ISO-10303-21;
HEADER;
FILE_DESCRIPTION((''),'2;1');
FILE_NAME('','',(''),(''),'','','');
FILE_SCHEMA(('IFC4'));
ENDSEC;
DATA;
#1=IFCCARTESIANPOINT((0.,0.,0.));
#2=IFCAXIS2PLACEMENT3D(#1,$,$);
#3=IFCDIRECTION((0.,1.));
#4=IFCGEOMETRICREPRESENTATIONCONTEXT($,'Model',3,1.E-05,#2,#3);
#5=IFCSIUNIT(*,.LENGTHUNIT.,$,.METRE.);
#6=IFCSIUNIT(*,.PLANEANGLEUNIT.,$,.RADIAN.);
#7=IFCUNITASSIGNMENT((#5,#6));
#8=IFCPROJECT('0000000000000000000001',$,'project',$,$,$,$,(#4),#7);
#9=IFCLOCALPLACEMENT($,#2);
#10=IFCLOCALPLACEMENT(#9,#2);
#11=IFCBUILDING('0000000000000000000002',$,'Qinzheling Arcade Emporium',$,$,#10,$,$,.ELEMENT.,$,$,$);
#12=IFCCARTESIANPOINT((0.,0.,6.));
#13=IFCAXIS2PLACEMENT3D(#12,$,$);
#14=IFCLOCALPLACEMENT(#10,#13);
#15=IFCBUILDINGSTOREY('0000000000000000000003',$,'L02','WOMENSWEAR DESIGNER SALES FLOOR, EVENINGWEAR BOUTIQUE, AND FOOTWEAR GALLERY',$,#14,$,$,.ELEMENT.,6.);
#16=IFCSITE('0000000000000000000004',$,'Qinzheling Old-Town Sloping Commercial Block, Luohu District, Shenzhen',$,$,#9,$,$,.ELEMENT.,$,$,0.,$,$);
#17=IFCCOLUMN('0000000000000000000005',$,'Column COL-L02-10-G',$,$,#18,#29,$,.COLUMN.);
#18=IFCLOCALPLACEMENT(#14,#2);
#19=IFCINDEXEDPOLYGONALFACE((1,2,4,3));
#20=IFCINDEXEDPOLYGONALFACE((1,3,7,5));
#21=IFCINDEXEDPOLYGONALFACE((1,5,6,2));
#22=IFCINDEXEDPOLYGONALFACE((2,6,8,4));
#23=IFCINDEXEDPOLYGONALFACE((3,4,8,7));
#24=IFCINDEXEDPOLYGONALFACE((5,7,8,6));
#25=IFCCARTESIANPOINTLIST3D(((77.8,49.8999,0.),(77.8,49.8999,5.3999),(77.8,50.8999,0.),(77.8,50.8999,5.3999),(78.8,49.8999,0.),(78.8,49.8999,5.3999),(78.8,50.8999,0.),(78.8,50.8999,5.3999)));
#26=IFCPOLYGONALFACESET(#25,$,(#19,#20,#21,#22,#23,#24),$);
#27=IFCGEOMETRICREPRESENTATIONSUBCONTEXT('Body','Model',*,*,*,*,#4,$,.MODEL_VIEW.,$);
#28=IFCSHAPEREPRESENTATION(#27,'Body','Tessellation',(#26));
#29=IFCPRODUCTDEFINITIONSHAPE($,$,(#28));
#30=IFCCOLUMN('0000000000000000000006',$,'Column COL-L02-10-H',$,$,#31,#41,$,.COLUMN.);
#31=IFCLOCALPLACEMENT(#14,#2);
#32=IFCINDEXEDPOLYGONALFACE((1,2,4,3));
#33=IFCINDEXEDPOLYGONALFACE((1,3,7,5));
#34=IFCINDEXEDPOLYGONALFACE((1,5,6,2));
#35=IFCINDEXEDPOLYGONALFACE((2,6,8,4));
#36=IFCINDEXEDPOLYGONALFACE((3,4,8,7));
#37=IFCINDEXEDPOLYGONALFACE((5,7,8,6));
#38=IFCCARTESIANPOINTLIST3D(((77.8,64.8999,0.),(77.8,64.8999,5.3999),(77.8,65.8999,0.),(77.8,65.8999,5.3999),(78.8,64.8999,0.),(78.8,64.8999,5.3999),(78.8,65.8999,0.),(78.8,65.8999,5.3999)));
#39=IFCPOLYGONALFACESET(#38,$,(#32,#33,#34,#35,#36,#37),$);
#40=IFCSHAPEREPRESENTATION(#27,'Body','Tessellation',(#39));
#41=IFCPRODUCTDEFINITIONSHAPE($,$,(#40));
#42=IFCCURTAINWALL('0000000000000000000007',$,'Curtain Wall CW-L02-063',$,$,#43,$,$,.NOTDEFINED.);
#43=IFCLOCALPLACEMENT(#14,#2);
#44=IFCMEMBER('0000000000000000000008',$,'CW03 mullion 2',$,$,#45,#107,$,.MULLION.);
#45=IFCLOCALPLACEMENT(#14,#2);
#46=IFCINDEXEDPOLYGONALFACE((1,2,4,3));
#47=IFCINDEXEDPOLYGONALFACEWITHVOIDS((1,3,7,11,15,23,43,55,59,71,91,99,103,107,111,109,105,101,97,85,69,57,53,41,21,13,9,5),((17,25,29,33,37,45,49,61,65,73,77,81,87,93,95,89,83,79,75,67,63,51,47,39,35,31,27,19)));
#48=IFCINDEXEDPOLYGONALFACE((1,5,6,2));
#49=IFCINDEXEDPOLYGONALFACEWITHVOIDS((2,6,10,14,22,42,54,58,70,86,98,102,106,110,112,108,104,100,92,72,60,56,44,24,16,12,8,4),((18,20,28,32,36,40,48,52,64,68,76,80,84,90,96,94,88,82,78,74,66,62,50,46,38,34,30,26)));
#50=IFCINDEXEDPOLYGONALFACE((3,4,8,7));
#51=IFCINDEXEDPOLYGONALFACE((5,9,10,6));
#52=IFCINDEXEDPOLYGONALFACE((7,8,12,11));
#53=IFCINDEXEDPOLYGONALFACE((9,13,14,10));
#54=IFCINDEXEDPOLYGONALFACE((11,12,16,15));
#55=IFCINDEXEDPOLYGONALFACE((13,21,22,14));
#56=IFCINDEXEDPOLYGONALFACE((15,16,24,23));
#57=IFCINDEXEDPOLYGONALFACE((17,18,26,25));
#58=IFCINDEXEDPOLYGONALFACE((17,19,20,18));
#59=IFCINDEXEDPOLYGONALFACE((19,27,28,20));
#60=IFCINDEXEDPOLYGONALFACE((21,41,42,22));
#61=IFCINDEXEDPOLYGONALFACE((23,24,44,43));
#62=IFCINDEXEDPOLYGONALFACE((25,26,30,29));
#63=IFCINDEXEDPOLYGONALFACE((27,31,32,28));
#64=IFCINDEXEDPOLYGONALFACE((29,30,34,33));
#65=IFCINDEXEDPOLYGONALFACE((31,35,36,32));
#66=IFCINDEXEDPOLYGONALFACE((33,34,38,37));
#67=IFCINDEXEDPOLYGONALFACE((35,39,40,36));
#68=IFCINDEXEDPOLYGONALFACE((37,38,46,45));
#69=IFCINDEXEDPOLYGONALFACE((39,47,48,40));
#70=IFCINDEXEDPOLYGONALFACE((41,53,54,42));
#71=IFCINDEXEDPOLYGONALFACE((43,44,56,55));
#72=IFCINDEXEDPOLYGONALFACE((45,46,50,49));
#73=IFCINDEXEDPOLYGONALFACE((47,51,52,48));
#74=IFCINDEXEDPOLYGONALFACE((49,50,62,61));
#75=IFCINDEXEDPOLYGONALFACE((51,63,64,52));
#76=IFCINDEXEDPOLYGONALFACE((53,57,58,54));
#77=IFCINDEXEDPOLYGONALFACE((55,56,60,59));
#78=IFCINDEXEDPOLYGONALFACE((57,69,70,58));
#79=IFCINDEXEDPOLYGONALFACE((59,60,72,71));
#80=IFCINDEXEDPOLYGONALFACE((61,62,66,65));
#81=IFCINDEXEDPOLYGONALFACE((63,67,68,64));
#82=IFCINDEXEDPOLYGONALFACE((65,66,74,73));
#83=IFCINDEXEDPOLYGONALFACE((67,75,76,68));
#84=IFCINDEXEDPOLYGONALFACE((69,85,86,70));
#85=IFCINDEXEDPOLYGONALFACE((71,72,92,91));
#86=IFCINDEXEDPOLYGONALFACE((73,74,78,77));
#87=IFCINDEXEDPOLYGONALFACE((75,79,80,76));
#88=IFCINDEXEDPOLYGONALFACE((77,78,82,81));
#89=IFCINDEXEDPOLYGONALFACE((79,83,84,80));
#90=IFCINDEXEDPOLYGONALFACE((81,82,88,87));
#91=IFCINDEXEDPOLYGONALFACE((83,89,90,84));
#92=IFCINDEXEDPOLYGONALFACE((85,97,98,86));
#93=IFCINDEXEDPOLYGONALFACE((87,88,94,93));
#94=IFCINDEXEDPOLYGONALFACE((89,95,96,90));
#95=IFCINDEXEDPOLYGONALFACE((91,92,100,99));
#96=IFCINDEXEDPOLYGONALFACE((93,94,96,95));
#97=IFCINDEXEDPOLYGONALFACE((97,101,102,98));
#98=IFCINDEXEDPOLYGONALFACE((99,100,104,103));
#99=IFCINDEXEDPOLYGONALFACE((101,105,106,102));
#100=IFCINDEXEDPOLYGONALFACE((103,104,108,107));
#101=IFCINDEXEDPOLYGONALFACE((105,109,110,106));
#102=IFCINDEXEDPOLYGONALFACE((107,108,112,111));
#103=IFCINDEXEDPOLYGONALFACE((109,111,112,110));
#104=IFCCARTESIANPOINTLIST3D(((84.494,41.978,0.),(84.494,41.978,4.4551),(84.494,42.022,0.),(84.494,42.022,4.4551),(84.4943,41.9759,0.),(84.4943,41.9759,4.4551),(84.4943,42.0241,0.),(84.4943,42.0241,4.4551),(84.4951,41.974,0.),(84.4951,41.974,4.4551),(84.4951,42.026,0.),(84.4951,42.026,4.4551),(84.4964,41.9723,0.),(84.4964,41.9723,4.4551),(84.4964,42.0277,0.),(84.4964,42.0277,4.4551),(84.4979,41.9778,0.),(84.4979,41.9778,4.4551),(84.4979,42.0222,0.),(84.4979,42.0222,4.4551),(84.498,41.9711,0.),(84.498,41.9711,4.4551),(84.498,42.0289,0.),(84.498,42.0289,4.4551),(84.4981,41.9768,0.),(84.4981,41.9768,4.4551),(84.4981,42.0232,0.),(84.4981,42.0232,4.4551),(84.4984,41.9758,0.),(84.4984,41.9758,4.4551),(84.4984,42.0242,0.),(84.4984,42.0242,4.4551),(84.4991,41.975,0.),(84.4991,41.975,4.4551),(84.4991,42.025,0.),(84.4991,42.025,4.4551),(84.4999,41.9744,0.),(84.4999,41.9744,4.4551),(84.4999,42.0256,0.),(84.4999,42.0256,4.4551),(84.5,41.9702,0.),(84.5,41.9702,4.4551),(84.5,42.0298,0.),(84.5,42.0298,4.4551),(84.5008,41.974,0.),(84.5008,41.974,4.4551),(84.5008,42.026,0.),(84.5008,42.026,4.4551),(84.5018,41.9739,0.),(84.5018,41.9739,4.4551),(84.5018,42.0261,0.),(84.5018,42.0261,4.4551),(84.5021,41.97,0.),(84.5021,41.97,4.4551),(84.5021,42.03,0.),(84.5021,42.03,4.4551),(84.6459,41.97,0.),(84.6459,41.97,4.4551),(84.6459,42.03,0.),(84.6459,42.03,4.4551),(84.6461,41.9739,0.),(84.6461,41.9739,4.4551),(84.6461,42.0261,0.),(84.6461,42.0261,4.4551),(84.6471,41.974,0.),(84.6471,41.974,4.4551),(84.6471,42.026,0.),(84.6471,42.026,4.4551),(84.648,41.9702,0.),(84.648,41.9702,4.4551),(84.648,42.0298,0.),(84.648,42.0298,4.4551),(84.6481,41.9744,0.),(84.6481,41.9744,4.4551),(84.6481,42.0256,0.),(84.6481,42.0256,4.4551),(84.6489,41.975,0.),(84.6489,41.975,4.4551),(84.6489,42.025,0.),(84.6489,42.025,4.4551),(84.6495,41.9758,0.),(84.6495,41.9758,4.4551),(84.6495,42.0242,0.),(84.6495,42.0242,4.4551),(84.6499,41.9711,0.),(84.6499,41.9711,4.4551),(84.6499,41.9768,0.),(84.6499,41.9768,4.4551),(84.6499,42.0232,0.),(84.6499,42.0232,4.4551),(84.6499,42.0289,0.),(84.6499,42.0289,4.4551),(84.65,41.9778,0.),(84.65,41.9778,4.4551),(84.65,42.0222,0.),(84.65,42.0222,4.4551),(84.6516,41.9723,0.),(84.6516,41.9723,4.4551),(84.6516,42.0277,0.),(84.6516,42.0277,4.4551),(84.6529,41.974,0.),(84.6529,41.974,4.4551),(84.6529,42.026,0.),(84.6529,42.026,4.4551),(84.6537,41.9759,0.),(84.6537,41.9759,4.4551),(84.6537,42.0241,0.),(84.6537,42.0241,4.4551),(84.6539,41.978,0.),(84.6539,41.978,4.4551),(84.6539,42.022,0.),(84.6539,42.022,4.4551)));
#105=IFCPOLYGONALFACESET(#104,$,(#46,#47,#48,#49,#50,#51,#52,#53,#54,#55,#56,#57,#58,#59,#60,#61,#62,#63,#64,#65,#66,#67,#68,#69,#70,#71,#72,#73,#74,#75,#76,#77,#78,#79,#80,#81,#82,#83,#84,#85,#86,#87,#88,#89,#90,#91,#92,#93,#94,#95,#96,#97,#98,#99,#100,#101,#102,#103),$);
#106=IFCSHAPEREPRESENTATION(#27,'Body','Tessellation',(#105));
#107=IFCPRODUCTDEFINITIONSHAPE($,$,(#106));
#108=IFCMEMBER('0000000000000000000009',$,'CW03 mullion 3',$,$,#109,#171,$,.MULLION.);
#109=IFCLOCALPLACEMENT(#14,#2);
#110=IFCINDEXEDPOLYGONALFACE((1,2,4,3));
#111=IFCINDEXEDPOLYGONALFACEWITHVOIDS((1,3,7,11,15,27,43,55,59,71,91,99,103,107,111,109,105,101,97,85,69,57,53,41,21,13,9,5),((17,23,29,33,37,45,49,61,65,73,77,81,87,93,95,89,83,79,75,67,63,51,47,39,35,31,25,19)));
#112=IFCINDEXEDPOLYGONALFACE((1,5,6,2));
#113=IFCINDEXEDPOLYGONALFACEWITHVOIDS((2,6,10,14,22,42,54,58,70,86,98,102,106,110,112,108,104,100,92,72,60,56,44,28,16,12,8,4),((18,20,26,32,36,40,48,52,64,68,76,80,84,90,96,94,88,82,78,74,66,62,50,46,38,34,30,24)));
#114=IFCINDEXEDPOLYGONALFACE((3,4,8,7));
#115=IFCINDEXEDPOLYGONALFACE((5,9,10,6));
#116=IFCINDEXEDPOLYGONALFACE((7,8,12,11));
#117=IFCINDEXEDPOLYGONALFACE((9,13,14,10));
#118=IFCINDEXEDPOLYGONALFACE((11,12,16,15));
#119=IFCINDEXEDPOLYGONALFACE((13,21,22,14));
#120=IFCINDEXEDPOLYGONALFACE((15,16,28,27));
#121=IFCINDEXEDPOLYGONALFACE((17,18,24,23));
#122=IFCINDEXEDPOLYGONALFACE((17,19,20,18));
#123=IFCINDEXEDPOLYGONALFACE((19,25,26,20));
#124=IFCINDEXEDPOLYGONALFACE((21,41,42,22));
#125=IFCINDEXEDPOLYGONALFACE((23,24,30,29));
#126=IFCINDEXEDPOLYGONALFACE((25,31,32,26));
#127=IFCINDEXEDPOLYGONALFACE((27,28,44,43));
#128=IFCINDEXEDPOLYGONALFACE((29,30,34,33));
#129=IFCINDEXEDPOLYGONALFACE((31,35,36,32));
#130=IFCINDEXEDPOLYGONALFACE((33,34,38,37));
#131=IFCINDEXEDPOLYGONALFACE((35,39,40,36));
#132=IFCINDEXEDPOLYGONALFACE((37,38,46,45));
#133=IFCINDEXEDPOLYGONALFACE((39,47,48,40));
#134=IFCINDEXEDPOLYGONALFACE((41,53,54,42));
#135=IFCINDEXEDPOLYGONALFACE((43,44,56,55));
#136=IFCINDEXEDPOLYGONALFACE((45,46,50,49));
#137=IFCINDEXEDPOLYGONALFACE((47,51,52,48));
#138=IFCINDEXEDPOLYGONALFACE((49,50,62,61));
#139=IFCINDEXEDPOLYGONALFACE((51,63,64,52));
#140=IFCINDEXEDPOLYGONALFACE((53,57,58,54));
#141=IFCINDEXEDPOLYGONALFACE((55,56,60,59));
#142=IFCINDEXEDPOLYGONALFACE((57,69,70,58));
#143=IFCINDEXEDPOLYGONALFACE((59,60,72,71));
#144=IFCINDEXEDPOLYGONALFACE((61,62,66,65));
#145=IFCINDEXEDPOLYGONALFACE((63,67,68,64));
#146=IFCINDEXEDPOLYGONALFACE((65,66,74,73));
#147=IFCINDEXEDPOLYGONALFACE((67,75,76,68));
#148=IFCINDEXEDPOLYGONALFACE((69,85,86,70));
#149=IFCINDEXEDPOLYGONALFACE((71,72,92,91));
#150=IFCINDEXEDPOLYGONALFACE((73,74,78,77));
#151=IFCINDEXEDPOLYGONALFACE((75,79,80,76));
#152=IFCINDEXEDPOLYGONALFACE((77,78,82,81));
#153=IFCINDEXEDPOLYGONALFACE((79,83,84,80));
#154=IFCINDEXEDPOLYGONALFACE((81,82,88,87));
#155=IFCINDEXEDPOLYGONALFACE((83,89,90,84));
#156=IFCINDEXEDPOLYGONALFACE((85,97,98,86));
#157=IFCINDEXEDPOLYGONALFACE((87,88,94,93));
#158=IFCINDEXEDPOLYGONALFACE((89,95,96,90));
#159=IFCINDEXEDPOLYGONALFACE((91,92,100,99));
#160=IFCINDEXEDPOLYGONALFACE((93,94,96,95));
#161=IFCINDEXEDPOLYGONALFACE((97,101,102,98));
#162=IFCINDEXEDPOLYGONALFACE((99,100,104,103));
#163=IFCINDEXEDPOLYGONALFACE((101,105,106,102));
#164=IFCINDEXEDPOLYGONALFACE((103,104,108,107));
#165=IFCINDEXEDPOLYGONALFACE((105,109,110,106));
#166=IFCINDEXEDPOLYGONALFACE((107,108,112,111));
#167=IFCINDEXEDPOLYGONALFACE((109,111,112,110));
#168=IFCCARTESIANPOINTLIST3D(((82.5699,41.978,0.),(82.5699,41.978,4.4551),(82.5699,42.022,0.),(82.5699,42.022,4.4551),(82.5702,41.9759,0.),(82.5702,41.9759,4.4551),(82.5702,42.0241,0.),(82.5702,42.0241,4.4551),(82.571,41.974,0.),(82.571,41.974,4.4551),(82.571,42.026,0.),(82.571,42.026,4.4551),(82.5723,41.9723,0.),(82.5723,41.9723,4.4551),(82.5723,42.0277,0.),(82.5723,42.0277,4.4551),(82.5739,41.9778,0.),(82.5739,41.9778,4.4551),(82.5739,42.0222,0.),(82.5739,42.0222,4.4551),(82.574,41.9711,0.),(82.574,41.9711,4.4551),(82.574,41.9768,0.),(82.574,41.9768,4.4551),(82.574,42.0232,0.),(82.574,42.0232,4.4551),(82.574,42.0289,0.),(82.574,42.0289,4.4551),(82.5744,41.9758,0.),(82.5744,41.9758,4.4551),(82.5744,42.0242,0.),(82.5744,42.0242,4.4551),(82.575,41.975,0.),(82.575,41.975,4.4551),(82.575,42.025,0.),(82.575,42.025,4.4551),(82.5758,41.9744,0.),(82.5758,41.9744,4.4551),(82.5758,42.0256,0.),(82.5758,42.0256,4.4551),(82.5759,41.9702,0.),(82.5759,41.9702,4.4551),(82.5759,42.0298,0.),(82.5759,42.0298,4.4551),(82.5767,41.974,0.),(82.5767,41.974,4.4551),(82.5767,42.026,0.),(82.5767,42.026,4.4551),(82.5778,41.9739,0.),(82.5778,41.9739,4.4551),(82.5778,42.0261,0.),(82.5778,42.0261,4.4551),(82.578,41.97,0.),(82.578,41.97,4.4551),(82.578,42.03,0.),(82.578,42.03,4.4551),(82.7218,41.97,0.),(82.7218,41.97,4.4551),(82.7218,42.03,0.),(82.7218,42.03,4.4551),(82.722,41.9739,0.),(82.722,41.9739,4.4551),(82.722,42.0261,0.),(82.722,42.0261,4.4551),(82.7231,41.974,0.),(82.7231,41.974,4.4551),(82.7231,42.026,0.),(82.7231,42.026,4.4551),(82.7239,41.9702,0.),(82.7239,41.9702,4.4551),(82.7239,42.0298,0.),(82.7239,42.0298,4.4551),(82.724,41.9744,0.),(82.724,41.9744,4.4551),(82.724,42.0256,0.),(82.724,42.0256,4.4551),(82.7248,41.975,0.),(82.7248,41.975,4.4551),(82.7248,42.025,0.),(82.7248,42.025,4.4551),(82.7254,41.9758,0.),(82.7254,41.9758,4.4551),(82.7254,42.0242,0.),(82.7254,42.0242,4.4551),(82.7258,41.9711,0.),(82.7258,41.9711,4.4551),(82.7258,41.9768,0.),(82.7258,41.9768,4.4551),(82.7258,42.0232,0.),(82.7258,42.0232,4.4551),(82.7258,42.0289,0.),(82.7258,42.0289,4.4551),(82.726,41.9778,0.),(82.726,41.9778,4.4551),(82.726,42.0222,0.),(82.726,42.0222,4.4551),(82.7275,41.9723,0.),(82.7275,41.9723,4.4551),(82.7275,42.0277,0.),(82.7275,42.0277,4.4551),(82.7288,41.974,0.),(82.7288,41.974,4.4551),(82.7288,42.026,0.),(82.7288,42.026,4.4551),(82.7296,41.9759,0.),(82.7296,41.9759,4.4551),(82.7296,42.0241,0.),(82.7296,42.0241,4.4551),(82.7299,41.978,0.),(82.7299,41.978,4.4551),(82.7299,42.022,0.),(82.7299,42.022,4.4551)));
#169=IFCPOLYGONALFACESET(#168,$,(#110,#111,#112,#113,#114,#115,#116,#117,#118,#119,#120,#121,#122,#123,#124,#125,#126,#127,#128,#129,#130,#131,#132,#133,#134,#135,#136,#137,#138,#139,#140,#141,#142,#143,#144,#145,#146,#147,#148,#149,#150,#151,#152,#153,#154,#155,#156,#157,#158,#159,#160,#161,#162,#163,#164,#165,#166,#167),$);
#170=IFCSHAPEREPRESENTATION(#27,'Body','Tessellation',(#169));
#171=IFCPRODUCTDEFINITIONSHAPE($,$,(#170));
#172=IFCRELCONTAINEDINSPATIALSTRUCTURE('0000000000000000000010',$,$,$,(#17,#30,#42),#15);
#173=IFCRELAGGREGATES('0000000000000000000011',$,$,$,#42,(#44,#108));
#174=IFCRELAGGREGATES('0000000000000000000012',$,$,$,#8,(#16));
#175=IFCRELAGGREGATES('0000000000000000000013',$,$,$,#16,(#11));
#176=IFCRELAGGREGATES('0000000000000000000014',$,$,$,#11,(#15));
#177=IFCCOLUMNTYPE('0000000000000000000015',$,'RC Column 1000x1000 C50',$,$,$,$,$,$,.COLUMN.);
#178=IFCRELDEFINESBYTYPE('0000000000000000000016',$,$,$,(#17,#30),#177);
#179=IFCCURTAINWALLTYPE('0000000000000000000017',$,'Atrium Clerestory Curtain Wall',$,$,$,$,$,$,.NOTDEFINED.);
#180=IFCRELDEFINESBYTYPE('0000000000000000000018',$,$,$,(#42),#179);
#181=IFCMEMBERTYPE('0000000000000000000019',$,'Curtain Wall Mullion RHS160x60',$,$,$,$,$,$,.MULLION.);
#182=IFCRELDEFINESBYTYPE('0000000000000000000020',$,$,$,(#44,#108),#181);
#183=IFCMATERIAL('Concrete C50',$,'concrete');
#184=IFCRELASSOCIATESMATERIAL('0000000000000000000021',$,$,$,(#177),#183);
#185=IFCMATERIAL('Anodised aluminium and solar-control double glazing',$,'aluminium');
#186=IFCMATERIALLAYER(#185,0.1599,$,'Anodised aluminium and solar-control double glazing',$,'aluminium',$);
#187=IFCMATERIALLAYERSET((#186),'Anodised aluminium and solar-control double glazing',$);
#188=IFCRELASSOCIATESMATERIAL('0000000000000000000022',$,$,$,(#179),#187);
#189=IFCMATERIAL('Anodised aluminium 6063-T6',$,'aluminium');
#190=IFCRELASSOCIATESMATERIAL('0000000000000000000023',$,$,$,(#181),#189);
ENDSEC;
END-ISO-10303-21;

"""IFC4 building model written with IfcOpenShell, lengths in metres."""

from ifc_helpers import new_model, si_unit, direction, frame, origin, origin_2d, place, context, subcontext, project, spatial, rectangle, hollow_rectangle, extrude, material, layer, layer_set, material_profile, profile_set, type_object, element, aggregate, save


model = new_model("IFC4")

# Units and contexts
model_context = context("Model", 3, precision=1e-05, world=origin(), true_north=direction((0.0, 1.0)))
body_context = subcontext(model_context, "Body", "Model", "MODEL_VIEW")
ifc_project = project(units=[si_unit("LENGTHUNIT", "METRE"), si_unit("PLANEANGLEUNIT", "RADIAN")], contexts=[model_context])

# Site, building, storey
site_placement = place(None, origin())
site = spatial("IfcSite", under=ifc_project, at=site_placement, Name="Qinzheling Old-Town Sloping Commercial Block, Luohu District, Shenzhen", CompositionType="ELEMENT", RefElevation=0.0)
building_placement = place(site_placement, origin())
building = spatial("IfcBuilding", under=site, at=building_placement, Name="Qinzheling Arcade Emporium", CompositionType="ELEMENT")
storey_placement = place(building_placement, frame((0.0, 0.0, 6.0)))
storey = spatial("IfcBuildingStorey", under=building, at=storey_placement, Name="L02", Description="WOMENSWEAR DESIGNER SALES FLOOR, EVENINGWEAR BOUTIQUE, AND FOOTWEAR GALLERY", CompositionType="ELEMENT", Elevation=6.0)

# Columns
ifc_material_1 = material(Name="Concrete C50", Category="concrete")
ifc_material_profile_1 = material_profile(ifc_material_1, rectangle(XDim=1.0, YDim=1.0, at=origin_2d()), Name="RC 1000x1000", Category="concrete")
ifc_profile_set_1 = profile_set([ifc_material_profile_1], Name="Concrete C50")
column_type = type_object("IfcColumnType", Name="RC Column 1000x1000 C50", PredefinedType="COLUMN", material=ifc_profile_set_1)
for number, where, z_axis, x_axis, name in (
    (1, (78.3, 50.3999, 0.0), (0.0, 0.0, 1.0), (1.0, 0.0, 0.0), "Column COL-L02-10-G"),
    (2, (78.3, 65.3999, 0.0), (0.0, 0.0, 1.0), (1.0, 0.0, 0.0), "Column COL-L02-10-H"),
):
    element("IfcColumn", number, at=place(storey_placement, frame(where, z_axis=z_axis, x_axis=x_axis)), inside=storey, type_object=column_type, Name=name, PredefinedType="COLUMN", context=body_context, shape_type="SweptSolid", body=[
        extrude(rectangle(XDim=1.0, YDim=1.0, at=origin_2d()), origin(), (0.0, 0.0, 1.0), 5.3999),
    ])

# Curtain wall, members
ifc_material_2 = material(Name="Anodised aluminium and solar-control double glazing", Category="aluminium")
ifc_layer_1 = layer(ifc_material_2, 0.1599, Name="Anodised aluminium and solar-control double glazing", Category="aluminium")
ifc_layer_set_1 = layer_set([ifc_layer_1], Name="Anodised aluminium and solar-control double glazing")
curtain_wall_type = type_object("IfcCurtainWallType", Name="Atrium Clerestory Curtain Wall", PredefinedType="NOTDEFINED", material=ifc_layer_set_1)
curtain_wall_placement = place(storey_placement, origin())
curtain_wall = element("IfcCurtainWall", 3, at=curtain_wall_placement, inside=storey, type_object=curtain_wall_type, Name="Curtain Wall CW-L02-063", PredefinedType="NOTDEFINED")
ifc_material_3 = material(Name="Anodised aluminium 6063-T6", Category="aluminium")
ifc_material_profile_2 = material_profile(ifc_material_3, hollow_rectangle(XDim=0.0601, YDim=0.1599, WallThickness=0.0039, InnerFilletRadius=0.0039, OuterFilletRadius=0.0081, at=origin_2d()), Name="RHS 160x60x4", Category="aluminium")
ifc_profile_set_2 = profile_set([ifc_material_profile_2], Name="Anodised aluminium 6063-T6")
member_type_1 = type_object("IfcMemberType", Name="Curtain Wall Mullion RHS160x60", PredefinedType="MULLION", material=ifc_profile_set_2)
member_1_placement = place(storey_placement, frame((84.574, 42.0, 0.0), z_axis=(0.0, 0.0, 1.0), x_axis=(0.0, -1.0, 0.0)))
member_1 = element("IfcMember", 4, at=member_1_placement, type_object=member_type_1, Name="CW03 mullion 2", PredefinedType="MULLION", context=body_context, shape_type="SweptSolid", body=[
    extrude(hollow_rectangle(XDim=0.0601, YDim=0.1599, WallThickness=0.0039, InnerFilletRadius=0.0039, OuterFilletRadius=0.0081, at=origin_2d()), origin(), (0.0, 0.0, 1.0), 4.4551),
])
member_2_placement = place(storey_placement, frame((82.6499, 42.0, 0.0), z_axis=(0.0, 0.0, 1.0), x_axis=(0.0, -1.0, 0.0)))
member_2 = element("IfcMember", 5, at=member_2_placement, type_object=member_type_1, Name="CW03 mullion 3", PredefinedType="MULLION", context=body_context, shape_type="SweptSolid", body=[
    extrude(hollow_rectangle(XDim=0.0601, YDim=0.1599, WallThickness=0.0039, InnerFilletRadius=0.0039, OuterFilletRadius=0.0081, at=origin_2d()), origin(), (0.0, 0.0, 1.0), 4.4551),
])

aggregate(curtain_wall, [member_1, member_2])

save(model, "model.ifc")
